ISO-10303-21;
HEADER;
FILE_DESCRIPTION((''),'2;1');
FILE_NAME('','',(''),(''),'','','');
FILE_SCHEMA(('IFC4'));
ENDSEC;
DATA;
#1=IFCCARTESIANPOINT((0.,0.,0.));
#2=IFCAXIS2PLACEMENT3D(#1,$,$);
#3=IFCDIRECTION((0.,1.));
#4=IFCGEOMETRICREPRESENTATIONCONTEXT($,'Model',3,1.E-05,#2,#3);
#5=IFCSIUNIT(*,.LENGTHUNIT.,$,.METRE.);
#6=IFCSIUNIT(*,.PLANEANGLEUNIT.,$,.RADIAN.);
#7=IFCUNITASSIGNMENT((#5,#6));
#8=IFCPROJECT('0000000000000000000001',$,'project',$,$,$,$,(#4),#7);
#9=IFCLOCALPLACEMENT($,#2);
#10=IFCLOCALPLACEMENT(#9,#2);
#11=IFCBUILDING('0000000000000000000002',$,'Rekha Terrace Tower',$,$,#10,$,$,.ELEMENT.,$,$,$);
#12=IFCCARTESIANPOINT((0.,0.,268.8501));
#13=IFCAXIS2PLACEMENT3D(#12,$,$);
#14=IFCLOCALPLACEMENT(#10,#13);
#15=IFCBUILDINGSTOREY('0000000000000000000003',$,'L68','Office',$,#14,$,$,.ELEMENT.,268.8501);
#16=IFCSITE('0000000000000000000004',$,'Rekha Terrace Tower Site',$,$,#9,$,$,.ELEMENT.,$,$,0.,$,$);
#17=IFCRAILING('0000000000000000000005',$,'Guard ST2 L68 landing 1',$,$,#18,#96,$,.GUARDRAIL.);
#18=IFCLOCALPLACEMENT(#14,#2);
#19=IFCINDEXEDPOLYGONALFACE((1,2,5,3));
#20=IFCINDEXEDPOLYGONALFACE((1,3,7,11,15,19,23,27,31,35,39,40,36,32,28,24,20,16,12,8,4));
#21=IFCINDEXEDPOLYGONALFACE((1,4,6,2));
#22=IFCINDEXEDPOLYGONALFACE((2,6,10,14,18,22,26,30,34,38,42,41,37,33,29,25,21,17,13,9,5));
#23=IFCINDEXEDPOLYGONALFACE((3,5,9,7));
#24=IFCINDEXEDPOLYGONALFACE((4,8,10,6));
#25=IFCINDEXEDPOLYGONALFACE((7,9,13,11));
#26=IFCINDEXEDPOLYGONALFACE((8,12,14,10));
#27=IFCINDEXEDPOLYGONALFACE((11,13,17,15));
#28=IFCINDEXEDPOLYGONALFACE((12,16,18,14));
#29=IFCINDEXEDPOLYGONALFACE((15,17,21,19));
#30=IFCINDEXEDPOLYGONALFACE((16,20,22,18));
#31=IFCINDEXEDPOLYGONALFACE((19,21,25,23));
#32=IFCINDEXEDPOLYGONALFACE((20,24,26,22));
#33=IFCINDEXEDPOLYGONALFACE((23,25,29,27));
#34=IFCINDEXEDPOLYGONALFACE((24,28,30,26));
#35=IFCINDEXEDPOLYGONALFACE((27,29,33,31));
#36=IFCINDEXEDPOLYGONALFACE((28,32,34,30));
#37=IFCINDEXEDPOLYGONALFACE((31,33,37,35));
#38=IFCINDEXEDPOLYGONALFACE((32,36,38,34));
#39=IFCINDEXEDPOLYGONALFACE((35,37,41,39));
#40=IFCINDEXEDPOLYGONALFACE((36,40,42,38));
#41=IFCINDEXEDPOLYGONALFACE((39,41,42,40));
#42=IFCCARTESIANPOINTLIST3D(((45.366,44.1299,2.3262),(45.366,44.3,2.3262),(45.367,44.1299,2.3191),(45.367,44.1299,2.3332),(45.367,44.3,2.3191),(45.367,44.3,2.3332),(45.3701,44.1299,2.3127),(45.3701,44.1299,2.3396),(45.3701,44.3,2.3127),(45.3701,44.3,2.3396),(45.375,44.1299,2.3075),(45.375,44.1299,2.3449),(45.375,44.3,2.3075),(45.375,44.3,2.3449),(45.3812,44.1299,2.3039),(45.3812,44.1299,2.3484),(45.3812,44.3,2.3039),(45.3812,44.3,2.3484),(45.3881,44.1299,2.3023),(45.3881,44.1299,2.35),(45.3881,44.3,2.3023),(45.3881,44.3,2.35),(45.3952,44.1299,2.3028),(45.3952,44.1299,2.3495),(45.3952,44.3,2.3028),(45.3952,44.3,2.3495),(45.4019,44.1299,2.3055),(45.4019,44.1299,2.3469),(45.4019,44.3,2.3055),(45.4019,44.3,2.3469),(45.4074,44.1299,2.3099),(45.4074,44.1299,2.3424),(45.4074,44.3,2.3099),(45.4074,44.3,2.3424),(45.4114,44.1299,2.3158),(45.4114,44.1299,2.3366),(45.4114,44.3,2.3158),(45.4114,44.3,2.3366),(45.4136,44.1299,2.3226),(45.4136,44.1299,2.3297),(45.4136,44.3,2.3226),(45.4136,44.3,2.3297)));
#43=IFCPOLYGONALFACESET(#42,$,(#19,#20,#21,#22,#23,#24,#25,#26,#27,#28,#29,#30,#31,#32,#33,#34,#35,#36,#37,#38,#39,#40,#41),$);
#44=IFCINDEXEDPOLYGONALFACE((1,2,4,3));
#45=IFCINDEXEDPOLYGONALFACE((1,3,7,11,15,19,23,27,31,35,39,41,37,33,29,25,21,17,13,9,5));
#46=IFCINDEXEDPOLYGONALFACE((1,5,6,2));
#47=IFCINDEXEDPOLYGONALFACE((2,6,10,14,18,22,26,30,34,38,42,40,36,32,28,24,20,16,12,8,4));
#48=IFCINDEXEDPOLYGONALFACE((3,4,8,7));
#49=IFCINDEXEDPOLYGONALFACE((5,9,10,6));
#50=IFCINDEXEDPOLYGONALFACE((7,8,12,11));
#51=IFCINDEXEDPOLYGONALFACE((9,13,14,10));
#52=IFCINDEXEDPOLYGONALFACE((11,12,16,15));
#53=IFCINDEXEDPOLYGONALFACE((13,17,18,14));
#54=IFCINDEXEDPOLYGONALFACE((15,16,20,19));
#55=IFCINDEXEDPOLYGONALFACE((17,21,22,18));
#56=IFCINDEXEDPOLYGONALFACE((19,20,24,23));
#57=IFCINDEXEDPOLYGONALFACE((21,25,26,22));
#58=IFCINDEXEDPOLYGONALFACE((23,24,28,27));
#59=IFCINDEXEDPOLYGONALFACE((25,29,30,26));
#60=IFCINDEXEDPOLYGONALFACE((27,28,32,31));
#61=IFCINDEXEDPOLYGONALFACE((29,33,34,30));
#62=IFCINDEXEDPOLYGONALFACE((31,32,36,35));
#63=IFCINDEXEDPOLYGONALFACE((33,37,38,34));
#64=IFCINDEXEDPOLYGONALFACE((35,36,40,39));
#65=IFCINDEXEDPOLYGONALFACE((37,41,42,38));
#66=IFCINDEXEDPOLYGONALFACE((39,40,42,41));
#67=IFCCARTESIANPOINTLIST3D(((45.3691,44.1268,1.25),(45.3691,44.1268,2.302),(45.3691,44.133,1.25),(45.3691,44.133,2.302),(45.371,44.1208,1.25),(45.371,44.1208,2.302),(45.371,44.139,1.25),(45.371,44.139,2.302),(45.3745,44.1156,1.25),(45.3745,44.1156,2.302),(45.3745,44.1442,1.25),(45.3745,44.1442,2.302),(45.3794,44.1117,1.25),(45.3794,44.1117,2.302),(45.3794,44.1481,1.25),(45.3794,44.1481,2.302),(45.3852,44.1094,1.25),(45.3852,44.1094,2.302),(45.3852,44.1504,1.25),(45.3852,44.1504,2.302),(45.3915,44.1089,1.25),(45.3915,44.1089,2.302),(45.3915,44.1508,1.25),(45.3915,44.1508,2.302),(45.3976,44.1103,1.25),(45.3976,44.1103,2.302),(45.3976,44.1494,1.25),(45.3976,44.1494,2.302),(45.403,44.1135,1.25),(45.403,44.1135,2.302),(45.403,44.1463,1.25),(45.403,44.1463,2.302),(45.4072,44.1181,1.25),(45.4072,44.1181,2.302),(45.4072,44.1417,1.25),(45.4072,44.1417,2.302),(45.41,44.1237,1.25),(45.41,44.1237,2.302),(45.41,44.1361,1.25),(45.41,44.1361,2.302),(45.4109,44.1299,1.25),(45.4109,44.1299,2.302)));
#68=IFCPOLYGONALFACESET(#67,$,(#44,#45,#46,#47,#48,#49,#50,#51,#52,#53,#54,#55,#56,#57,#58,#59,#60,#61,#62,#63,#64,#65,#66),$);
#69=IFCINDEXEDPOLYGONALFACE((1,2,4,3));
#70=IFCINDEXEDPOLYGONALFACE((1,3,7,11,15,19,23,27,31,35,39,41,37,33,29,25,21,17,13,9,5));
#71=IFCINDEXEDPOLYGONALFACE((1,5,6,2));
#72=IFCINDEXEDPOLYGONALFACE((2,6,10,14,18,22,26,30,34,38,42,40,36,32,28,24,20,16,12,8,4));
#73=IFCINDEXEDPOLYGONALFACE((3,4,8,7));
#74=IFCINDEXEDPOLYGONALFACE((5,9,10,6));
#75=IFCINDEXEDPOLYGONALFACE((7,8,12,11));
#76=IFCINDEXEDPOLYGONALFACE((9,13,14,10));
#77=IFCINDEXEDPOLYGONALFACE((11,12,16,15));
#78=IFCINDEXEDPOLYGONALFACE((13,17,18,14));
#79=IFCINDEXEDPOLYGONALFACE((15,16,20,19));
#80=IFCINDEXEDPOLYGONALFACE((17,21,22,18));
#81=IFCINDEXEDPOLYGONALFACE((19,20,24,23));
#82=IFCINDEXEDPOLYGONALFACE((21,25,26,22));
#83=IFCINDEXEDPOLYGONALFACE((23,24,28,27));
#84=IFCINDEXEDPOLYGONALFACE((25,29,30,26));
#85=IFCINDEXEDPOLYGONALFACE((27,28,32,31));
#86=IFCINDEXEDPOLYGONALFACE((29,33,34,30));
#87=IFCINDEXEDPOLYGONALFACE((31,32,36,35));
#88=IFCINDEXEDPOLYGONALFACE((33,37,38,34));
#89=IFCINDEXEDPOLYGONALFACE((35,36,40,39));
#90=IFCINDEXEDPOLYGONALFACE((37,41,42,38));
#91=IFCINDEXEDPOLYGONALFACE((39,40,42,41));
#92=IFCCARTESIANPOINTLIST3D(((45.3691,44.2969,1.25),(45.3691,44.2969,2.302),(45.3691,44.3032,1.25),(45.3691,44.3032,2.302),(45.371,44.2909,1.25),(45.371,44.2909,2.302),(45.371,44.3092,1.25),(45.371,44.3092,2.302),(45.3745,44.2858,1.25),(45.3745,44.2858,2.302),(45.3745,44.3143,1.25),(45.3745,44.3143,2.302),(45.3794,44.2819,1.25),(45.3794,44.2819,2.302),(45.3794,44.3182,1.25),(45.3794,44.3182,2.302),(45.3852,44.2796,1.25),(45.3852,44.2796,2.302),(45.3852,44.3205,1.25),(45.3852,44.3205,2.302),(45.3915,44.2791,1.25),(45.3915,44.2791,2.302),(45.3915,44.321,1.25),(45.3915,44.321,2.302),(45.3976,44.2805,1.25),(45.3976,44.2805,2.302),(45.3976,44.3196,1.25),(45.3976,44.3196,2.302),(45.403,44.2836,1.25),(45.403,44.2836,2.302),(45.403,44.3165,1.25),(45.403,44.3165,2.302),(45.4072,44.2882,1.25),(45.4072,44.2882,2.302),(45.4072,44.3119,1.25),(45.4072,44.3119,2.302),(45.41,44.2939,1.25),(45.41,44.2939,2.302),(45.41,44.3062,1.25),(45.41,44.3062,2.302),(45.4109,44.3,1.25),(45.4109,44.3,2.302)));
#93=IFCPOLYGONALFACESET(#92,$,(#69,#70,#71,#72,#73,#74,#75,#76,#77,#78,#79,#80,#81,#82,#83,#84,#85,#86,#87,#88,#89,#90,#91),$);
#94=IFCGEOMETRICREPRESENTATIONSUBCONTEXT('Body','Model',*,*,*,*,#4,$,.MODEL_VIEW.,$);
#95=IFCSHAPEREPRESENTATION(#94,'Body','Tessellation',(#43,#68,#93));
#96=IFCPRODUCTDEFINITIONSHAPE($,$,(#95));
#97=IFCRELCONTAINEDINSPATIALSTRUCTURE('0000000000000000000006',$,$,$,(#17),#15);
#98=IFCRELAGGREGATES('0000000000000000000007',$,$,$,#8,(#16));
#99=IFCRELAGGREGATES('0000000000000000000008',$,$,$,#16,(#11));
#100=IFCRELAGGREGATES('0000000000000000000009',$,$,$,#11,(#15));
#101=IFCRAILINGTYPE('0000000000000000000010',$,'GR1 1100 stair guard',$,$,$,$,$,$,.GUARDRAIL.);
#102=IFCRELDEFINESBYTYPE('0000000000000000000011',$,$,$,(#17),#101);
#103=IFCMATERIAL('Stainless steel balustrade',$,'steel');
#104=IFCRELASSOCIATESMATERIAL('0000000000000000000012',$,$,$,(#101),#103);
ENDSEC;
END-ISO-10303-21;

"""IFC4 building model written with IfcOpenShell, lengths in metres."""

from ifc_helpers import new_model, si_unit, direction, frame, origin, origin_2d, place, context, subcontext, project, spatial, circle, extrude, material, type_object, element, save


model = new_model("IFC4")

# Units and contexts
model_context = context("Model", 3, precision=1e-05, world=origin(), true_north=direction((0.0, 1.0)))
body_context = subcontext(model_context, "Body", "Model", "MODEL_VIEW")
ifc_project = project(units=[si_unit("LENGTHUNIT", "METRE"), si_unit("PLANEANGLEUNIT", "RADIAN")], contexts=[model_context])

# Site, building, storey
site_placement = place(None, origin())
site = spatial("IfcSite", under=ifc_project, at=site_placement, Name="Rekha Terrace Tower Site", CompositionType="ELEMENT", RefElevation=0.0)
building_placement = place(site_placement, origin())
building = spatial("IfcBuilding", under=site, at=building_placement, Name="Rekha Terrace Tower", CompositionType="ELEMENT")
storey_placement = place(building_placement, frame((0.0, 0.0, 268.8501)))
storey = spatial("IfcBuildingStorey", under=building, at=storey_placement, Name="L68", Description="Office", CompositionType="ELEMENT", Elevation=268.8501)

# Railing
ifc_material_1 = material(Name="Stainless steel balustrade", Category="steel")
railing_type_1 = type_object("IfcRailingType", Name="GR1 1100 stair guard", PredefinedType="GUARDRAIL", material=ifc_material_1)
railing_1_placement = place(storey_placement, frame((45.3899, 44.1299, 1.25)))
element("IfcRailing", 1, at=railing_1_placement, inside=storey, type_object=railing_type_1, Name="Guard ST2 L68 landing 1", PredefinedType="GUARDRAIL", context=body_context, shape_type="SweptSolid", body=[
    extrude(circle(Radius=0.0239, at=origin_2d()), frame((0.0, 0.0, 1.0762), z_axis=(0.0, 1.0, 0.0), x_axis=(-1.0, 0.0, 0.0)), (0.0, 0.0, 1.0), 0.1702),
    extrude(circle(Radius=0.021, at=origin_2d()), origin(), (0.0, 0.0, 1.0), 1.052),
    extrude(circle(Radius=0.021, at=origin_2d()), frame((0.0, 0.1702, 0.0)), (0.0, 0.0, 1.0), 1.052),
])

save(model, "model.ifc")
